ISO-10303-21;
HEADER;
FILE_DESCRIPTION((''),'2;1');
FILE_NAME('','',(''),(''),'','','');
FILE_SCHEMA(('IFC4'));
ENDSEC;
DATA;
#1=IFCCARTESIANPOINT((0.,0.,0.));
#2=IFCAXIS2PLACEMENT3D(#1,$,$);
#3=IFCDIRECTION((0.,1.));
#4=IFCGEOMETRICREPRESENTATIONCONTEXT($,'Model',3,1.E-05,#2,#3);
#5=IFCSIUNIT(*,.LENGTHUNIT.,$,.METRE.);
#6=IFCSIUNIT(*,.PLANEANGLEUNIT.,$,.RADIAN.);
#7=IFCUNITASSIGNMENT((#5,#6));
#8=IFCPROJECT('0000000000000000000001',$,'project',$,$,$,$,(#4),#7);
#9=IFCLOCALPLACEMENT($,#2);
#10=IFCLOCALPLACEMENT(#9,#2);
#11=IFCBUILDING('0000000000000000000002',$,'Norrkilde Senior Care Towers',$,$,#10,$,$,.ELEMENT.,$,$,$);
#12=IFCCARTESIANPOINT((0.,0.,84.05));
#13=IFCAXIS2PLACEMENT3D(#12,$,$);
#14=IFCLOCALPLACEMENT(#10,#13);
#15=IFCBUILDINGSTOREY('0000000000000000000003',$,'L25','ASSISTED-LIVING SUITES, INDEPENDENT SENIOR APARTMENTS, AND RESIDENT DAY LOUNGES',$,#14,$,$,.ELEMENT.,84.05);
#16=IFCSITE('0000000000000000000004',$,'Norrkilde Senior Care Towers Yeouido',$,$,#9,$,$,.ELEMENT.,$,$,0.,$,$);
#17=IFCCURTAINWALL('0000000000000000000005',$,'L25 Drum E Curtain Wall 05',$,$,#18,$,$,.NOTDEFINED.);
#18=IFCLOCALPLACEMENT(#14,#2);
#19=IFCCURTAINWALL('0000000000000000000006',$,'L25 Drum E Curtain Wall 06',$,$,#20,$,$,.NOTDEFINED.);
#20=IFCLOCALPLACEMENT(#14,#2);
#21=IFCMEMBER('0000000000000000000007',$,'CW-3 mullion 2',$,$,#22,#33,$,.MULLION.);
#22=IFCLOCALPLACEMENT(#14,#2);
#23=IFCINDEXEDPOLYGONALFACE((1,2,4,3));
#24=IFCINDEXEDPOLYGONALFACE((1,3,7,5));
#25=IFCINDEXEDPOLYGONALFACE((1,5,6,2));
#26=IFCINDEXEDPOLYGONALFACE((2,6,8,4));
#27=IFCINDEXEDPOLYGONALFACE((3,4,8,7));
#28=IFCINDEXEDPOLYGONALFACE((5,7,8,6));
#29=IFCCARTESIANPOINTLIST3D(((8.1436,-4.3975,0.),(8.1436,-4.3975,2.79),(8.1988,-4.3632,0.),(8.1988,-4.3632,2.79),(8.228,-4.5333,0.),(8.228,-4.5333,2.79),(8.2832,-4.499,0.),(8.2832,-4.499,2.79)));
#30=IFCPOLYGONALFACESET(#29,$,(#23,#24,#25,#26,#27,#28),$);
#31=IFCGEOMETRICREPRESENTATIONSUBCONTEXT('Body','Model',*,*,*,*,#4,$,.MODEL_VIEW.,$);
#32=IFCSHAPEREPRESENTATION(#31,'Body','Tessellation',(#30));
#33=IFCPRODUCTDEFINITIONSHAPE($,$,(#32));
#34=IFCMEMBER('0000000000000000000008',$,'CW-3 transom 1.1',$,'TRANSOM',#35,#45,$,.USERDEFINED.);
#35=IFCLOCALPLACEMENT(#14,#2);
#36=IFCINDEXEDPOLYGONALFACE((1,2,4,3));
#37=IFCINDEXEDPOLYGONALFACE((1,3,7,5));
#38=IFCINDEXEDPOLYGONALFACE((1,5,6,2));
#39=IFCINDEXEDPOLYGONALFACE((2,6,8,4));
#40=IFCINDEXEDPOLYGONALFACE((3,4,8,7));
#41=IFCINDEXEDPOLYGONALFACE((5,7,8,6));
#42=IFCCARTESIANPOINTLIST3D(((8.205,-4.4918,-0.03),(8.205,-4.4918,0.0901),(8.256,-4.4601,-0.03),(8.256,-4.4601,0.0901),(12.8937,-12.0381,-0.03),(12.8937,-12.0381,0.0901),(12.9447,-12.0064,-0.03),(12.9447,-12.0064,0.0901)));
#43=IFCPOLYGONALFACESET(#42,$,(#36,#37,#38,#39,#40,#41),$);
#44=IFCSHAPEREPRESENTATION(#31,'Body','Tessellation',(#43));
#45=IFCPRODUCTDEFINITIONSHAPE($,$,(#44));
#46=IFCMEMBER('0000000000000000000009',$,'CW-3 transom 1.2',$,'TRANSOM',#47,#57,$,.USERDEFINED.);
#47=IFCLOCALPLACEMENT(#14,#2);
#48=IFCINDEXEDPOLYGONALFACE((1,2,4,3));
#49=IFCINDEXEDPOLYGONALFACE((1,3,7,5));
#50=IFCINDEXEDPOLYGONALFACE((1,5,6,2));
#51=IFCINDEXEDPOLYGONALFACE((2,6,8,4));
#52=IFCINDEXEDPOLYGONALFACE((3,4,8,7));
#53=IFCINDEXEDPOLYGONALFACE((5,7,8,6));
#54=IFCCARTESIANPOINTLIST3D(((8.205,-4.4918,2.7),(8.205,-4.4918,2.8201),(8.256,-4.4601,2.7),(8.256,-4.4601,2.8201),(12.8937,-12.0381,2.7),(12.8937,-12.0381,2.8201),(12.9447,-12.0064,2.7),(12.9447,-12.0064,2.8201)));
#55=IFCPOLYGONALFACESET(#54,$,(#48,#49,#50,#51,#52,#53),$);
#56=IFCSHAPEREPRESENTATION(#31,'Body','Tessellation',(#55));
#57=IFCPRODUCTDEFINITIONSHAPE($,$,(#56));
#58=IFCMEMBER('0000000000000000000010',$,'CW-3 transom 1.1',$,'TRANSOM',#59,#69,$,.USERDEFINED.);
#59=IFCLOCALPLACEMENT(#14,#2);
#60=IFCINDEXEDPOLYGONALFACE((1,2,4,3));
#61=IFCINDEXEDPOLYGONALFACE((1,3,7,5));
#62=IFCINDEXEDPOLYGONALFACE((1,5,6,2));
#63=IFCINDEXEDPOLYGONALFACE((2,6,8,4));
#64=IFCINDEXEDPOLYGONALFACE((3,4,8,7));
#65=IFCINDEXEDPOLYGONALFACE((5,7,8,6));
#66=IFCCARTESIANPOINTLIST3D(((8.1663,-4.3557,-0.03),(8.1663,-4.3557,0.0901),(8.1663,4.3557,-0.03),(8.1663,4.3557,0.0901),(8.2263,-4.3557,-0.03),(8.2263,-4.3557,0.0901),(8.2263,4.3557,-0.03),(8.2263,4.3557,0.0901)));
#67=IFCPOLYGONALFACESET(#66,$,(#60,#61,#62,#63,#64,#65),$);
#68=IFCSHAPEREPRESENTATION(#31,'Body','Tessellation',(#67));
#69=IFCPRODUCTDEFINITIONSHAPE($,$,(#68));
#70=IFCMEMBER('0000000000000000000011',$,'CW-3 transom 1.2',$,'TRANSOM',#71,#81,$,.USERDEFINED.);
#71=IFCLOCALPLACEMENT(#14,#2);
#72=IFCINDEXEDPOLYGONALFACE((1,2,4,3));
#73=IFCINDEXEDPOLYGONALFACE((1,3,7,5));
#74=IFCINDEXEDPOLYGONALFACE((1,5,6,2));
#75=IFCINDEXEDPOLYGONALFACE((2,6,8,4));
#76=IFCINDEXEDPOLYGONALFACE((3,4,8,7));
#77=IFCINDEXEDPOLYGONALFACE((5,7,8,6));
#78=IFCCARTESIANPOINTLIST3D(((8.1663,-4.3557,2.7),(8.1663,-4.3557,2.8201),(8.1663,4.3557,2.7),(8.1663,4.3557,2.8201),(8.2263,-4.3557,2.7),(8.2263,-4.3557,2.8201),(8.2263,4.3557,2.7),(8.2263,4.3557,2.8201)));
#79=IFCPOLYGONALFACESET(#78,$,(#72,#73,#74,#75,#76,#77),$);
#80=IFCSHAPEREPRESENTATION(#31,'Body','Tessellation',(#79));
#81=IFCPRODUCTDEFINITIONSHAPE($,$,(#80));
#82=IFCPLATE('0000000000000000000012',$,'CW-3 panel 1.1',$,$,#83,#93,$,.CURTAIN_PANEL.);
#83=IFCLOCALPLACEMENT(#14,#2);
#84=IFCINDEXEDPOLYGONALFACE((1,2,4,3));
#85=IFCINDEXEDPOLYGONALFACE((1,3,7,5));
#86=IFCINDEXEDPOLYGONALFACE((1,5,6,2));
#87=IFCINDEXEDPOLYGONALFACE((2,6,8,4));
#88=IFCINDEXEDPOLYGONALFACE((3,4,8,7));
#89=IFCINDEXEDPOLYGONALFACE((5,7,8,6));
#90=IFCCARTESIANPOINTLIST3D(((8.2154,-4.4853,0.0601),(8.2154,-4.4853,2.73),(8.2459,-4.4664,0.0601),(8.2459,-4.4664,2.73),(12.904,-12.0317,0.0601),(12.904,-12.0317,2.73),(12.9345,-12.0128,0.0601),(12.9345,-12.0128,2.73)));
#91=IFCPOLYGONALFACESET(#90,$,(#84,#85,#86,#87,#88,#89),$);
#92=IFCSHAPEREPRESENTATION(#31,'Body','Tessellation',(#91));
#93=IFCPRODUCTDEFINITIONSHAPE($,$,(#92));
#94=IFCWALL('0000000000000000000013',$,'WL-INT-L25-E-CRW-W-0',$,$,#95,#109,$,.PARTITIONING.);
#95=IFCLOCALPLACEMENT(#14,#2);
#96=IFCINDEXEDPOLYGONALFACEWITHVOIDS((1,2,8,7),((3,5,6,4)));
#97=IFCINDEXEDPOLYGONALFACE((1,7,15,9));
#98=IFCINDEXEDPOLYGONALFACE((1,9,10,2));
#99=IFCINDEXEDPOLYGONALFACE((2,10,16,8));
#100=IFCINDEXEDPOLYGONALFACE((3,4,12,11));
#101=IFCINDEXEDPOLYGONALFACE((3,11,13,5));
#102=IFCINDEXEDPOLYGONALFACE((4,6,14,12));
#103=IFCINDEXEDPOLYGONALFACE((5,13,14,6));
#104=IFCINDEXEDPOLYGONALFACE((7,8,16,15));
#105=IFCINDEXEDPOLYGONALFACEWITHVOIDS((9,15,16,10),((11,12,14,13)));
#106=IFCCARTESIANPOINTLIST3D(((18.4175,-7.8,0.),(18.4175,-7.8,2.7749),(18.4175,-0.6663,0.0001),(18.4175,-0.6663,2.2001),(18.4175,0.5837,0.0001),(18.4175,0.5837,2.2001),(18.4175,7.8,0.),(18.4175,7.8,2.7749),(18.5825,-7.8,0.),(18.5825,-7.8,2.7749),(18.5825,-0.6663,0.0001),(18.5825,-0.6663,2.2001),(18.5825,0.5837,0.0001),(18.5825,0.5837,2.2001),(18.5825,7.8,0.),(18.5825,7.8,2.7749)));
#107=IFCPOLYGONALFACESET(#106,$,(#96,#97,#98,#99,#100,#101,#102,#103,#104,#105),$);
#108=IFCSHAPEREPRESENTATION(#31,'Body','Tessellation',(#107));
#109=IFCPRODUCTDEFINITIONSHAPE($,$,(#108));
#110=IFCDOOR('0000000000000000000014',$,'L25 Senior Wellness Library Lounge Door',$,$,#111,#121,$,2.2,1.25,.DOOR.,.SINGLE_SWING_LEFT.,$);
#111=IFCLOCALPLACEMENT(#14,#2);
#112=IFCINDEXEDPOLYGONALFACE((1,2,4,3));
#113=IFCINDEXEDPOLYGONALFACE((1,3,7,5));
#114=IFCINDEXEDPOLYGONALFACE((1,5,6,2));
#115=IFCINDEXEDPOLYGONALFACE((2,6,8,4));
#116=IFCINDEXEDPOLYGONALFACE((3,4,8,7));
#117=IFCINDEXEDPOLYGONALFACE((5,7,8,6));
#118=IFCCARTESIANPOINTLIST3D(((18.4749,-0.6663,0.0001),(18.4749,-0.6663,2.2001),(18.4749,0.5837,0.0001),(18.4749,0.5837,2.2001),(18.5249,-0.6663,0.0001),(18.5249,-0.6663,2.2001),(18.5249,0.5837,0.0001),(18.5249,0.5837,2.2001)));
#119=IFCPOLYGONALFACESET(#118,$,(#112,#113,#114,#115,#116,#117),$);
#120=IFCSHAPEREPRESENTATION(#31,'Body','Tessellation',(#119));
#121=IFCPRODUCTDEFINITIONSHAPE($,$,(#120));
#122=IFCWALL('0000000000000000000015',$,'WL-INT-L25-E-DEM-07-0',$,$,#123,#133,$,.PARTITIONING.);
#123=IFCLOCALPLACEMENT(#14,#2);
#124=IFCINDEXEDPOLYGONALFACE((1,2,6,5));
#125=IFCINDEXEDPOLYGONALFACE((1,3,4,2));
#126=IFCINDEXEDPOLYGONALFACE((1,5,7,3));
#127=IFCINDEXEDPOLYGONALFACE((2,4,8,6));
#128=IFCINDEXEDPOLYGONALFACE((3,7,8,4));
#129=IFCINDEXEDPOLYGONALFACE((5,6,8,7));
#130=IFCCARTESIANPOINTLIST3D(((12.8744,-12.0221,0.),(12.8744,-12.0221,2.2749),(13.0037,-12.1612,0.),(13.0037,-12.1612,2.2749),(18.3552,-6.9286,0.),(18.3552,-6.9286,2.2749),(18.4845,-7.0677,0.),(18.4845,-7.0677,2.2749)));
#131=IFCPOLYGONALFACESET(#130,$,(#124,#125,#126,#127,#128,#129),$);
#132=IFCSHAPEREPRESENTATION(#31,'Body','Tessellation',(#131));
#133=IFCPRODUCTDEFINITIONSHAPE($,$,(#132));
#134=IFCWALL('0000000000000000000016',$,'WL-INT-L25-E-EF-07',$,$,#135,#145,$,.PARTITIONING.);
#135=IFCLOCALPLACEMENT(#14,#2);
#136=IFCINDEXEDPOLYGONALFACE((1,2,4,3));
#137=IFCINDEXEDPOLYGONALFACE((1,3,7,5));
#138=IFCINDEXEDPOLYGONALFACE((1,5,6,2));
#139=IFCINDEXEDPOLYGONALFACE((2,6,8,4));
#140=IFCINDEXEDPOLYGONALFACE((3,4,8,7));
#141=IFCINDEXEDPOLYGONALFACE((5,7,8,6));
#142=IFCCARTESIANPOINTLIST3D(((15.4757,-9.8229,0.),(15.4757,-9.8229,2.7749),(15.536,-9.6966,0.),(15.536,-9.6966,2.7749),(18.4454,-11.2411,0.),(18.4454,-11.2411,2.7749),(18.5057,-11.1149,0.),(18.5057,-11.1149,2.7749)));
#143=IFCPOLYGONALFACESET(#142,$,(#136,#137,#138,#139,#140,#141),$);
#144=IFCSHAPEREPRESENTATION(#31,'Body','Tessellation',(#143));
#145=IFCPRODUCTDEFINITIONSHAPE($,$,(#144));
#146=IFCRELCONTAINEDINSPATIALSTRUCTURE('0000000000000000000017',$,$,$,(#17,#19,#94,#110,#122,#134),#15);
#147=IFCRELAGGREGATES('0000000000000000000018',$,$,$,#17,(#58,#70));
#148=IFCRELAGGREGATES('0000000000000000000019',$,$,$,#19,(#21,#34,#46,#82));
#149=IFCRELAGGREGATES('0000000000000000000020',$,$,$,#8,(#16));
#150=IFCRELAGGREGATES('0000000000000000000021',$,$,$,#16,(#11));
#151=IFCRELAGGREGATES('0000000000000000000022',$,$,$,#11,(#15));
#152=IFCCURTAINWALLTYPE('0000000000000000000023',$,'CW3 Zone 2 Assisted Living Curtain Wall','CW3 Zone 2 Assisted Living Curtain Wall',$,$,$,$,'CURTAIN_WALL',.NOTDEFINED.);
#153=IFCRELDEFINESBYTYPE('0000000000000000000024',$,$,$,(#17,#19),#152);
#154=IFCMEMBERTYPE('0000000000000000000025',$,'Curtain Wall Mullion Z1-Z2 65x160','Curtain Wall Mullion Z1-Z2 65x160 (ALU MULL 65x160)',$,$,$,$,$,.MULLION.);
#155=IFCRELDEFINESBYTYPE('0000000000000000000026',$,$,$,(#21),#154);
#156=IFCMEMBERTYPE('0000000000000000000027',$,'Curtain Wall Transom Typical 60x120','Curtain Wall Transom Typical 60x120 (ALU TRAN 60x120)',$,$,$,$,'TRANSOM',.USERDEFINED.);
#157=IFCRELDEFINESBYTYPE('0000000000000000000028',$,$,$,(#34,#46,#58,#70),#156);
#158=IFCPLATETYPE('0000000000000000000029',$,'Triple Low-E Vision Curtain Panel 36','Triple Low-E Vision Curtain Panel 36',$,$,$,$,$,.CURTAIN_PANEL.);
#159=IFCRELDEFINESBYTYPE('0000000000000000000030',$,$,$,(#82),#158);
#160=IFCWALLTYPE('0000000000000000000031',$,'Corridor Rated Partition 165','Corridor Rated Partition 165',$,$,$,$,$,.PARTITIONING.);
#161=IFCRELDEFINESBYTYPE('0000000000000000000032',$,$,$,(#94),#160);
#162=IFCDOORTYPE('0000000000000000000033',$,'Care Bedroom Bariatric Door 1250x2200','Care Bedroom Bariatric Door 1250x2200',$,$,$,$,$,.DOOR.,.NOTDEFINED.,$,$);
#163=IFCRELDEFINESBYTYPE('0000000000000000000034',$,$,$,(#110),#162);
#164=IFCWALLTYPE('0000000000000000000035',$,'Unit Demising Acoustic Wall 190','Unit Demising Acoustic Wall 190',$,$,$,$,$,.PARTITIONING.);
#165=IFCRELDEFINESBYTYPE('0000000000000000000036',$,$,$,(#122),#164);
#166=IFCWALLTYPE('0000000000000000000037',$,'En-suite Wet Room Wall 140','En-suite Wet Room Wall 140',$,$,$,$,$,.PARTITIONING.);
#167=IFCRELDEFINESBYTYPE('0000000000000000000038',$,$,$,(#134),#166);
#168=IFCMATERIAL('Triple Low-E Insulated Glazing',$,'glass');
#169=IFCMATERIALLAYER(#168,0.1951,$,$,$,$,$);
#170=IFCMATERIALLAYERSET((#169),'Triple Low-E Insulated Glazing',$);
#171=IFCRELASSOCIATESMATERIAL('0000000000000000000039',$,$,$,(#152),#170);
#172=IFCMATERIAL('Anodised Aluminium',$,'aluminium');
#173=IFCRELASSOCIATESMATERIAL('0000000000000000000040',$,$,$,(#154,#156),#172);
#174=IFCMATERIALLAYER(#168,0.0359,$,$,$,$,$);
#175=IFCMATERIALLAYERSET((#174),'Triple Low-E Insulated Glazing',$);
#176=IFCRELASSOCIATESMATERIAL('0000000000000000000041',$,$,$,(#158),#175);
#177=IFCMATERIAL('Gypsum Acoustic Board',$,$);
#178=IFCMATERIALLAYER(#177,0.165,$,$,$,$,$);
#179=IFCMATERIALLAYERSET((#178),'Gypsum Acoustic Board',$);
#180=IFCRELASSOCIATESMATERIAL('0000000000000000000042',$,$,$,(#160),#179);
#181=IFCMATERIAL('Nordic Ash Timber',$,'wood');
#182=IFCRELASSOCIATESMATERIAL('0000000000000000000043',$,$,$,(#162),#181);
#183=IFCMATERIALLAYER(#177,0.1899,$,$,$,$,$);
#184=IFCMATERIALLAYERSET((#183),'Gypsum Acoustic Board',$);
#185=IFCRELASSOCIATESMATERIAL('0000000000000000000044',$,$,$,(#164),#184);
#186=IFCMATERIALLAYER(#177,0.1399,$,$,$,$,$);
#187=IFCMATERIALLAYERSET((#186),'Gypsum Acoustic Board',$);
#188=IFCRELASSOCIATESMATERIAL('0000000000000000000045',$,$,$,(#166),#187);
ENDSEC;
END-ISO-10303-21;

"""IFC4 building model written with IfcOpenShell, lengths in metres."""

from ifc_helpers import new_model, si_unit, direction, frame, frame_2d, origin, origin_2d, place, context, subcontext, project, spatial, rectangle, extrude, source, transform, mapped, material, layer, layer_set, material_profile, profile_set, type_object, type_shapes, element, fill, aggregate, save


model = new_model("IFC4")

# Units and contexts
model_context = context("Model", 3, precision=1e-05, world=origin(), true_north=direction((0.0, 1.0)))
body_context = subcontext(model_context, "Body", "Model", "MODEL_VIEW")
ifc_project = project(units=[si_unit("LENGTHUNIT", "METRE"), si_unit("PLANEANGLEUNIT", "RADIAN")], contexts=[model_context])

# Site, building, storey
site_placement = place(None, origin())
site = spatial("IfcSite", under=ifc_project, at=site_placement, Name="Norrkilde Senior Care Towers Yeouido", CompositionType="ELEMENT", RefElevation=0.0)
building_placement = place(site_placement, origin())
building = spatial("IfcBuilding", under=site, at=building_placement, Name="Norrkilde Senior Care Towers", CompositionType="ELEMENT")
storey_placement = place(building_placement, frame((0.0, 0.0, 84.05)))
storey = spatial("IfcBuildingStorey", under=building, at=storey_placement, Name="L25", Description="ASSISTED-LIVING SUITES, INDEPENDENT SENIOR APARTMENTS, AND RESIDENT DAY LOUNGES", CompositionType="ELEMENT", Elevation=84.05)

# Curtain wall
ifc_material_1 = material(Name="Triple Low-E Insulated Glazing", Category="glass")
ifc_layer_1 = layer(ifc_material_1, 0.1951)
ifc_layer_set_1 = layer_set([ifc_layer_1], Name="Triple Low-E Insulated Glazing")
curtain_wall_type = type_object("IfcCurtainWallType", Name="CW3 Zone 2 Assisted Living Curtain Wall", Description="CW3 Zone 2 Assisted Living Curtain Wall", ElementType="CURTAIN_WALL", PredefinedType="NOTDEFINED", material=ifc_layer_set_1)
curtain_wall_1_placement = place(storey_placement, origin())
curtain_wall_1 = element("IfcCurtainWall", 1, at=curtain_wall_1_placement, inside=storey, type_object=curtain_wall_type, Name="L25 Drum E Curtain Wall 05", PredefinedType="NOTDEFINED")
ifc_material_2 = material(Name="Anodised Aluminium", Category="aluminium")
ifc_material_profile_1 = material_profile(ifc_material_2, rectangle(XDim=0.0649, YDim=0.1599, at=origin_2d()), Name="ALU MULL 65x160")
ifc_profile_set_1 = profile_set([ifc_material_profile_1], Name="Anodised Aluminium")
member_type_1 = type_object("IfcMemberType", Name="Curtain Wall Mullion Z1-Z2 65x160", Description="Curtain Wall Mullion Z1-Z2 65x160 (ALU MULL 65x160)", PredefinedType="MULLION", material=ifc_profile_set_1)
shared_shape_1 = source(origin(), body_context, "Body", "SweptSolid", [
    extrude(rectangle(XDim=0.0649, YDim=0.1599, at=origin_2d()), origin(), (0.0, 0.0, 1.0), 2.79),
])
type_shapes(member_type_1, [shared_shape_1])

# Curtain wall, members
curtain_wall_2_placement = place(storey_placement, origin())
curtain_wall_2 = element("IfcCurtainWall", 2, at=curtain_wall_2_placement, inside=storey, type_object=curtain_wall_type, Name="L25 Drum E Curtain Wall 06", PredefinedType="NOTDEFINED")
member_1_placement = place(storey_placement, frame((8.2134, -4.4482, 0.0), z_axis=(0.0, 0.0, 1.0), x_axis=(-0.84941, -0.527733, 0.0)))
member_1 = element("IfcMember", 3, at=member_1_placement, type_object=member_type_1, Name="CW-3 mullion 2", PredefinedType="MULLION", context=body_context, shape_type="MappedRepresentation", body=[
    mapped(shared_shape_1, transform((0.0, 0.0, 0.0), x_axis=(1.0, 0.0, 0.0), y_axis=(0.0, 1.0, 0.0), z_axis=(0.0, 0.0, 1.0), scale=1.0)),
])
ifc_material_profile_2 = material_profile(ifc_material_2, rectangle(XDim=0.0601, YDim=0.1201, at=origin_2d()), Name="ALU TRAN 60x120")
ifc_profile_set_2 = profile_set([ifc_material_profile_2], Name="Anodised Aluminium")
member_type_2 = type_object("IfcMemberType", Name="Curtain Wall Transom Typical 60x120", Description="Curtain Wall Transom Typical 60x120 (ALU TRAN 60x120)", ElementType="TRANSOM", PredefinedType="USERDEFINED", material=ifc_profile_set_2)
shared_shape_2 = source(origin(), body_context, "Body", "SweptSolid", [
    extrude(rectangle(XDim=0.0601, YDim=0.1201, at=origin_2d()), origin(), (0.0, 0.0, 1.0), 8.8843),
])
member_2_placement = place(storey_placement, frame((12.9192, -12.0222, 0.03), z_axis=(-0.527749, 0.8494, 0.0), x_axis=(-0.8494, -0.527749, 0.0)))
member_2 = element("IfcMember", 4, at=member_2_placement, type_object=member_type_2, Name="CW-3 transom 1.1", ObjectType="TRANSOM", PredefinedType="USERDEFINED", context=body_context, shape_type="MappedRepresentation", body=[
    mapped(shared_shape_2, transform((0.0, 0.0, 0.0), x_axis=(1.0, 0.0, 0.0), y_axis=(0.0, 1.0, 0.0), z_axis=(0.0, 0.0, 1.0), scale=1.0)),
])
member_3_placement = place(storey_placement, frame((12.9192, -12.0222, 2.76), z_axis=(-0.527749, 0.8494, 0.0), x_axis=(-0.8494, -0.527749, 0.0)))
member_3 = element("IfcMember", 5, at=member_3_placement, type_object=member_type_2, Name="CW-3 transom 1.2", ObjectType="TRANSOM", PredefinedType="USERDEFINED", context=body_context, shape_type="MappedRepresentation", body=[
    mapped(shared_shape_2, transform((0.0, 0.0, 0.0), x_axis=(1.0, 0.0, 0.0), y_axis=(0.0, 1.0, 0.0), z_axis=(0.0, 0.0, 1.0), scale=1.0)),
])

# Members
shared_shape_3 = source(origin(), body_context, "Body", "SweptSolid", [
    extrude(rectangle(XDim=0.0601, YDim=0.1201, at=origin_2d()), origin(), (0.0, 0.0, 1.0), 8.7114),
])
type_shapes(member_type_2, [shared_shape_2, shared_shape_3])
member_4_placement = place(storey_placement, frame((8.1963, -4.3557, 0.03), z_axis=(0.0, 1.0, 0.0), x_axis=(-1.0, 0.0, 0.0)))
member_4 = element("IfcMember", 6, at=member_4_placement, type_object=member_type_2, Name="CW-3 transom 1.1", ObjectType="TRANSOM", PredefinedType="USERDEFINED", context=body_context, shape_type="MappedRepresentation", body=[
    mapped(shared_shape_3, transform((0.0, 0.0, 0.0), x_axis=(1.0, 0.0, 0.0), y_axis=(0.0, 1.0, 0.0), z_axis=(0.0, 0.0, 1.0), scale=1.0)),
])
member_5_placement = place(storey_placement, frame((8.1963, -4.3557, 2.76), z_axis=(0.0, 1.0, 0.0), x_axis=(-1.0, 0.0, 0.0)))
member_5 = element("IfcMember", 7, at=member_5_placement, type_object=member_type_2, Name="CW-3 transom 1.2", ObjectType="TRANSOM", PredefinedType="USERDEFINED", context=body_context, shape_type="MappedRepresentation", body=[
    mapped(shared_shape_3, transform((0.0, 0.0, 0.0), x_axis=(1.0, 0.0, 0.0), y_axis=(0.0, 1.0, 0.0), z_axis=(0.0, 0.0, 1.0), scale=1.0)),
])
aggregate(curtain_wall_1, [member_4, member_5])

# Plate
ifc_layer_2 = layer(ifc_material_1, 0.0359)
ifc_layer_set_2 = layer_set([ifc_layer_2], Name="Triple Low-E Insulated Glazing")
plate_type = type_object("IfcPlateType", Name="Triple Low-E Vision Curtain Panel 36", Description="Triple Low-E Vision Curtain Panel 36", PredefinedType="CURTAIN_PANEL", material=ifc_layer_set_2)
shared_shape_4 = source(origin(), body_context, "Body", "SweptSolid", [
    extrude(rectangle(XDim=8.8843, YDim=0.0359, at=origin_2d()), origin(), (0.0, 0.0, 1.0), 2.6699),
])
type_shapes(plate_type, [shared_shape_4])
plate_placement = place(storey_placement, frame((10.575, -8.249, 0.0601), z_axis=(0.0, 0.0, 1.0), x_axis=(-0.527733, 0.84941, 0.0)))
plate = element("IfcPlate", 8, at=plate_placement, type_object=plate_type, Name="CW-3 panel 1.1", PredefinedType="CURTAIN_PANEL", context=body_context, shape_type="MappedRepresentation", body=[
    mapped(shared_shape_4, transform((0.0, 0.0, 0.0), x_axis=(1.0, 0.0, 0.0), y_axis=(0.0, 1.0, 0.0), z_axis=(0.0, 0.0, 1.0), scale=1.0)),
])
aggregate(curtain_wall_2, [member_1, member_2, member_3, plate])

# Wall, opening, door
ifc_material_3 = material(Name="Gypsum Acoustic Board")
ifc_layer_3 = layer(ifc_material_3, 0.165)
ifc_layer_set_3 = layer_set([ifc_layer_3], Name="Gypsum Acoustic Board")
wall_type_1 = type_object("IfcWallType", Name="Corridor Rated Partition 165", Description="Corridor Rated Partition 165", PredefinedType="PARTITIONING", material=ifc_layer_set_3)
shared_shape_5 = source(origin(), body_context, "Body", "SweptSolid", [
    extrude(rectangle(XDim=15.6001, YDim=0.165, at=frame_2d((7.8, 0.0))), origin(), (0.0, 0.0, 1.0), 2.7749),
])
type_shapes(wall_type_1, [shared_shape_5])
wall_1_placement = place(storey_placement, frame((18.5, -7.8, 0.0), z_axis=(0.0, 0.0, 1.0), x_axis=(0.0, 1.0, 0.0)))
wall_1 = element("IfcWall", 9, at=wall_1_placement, inside=storey, type_object=wall_type_1, Name="WL-INT-L25-E-CRW-W-0", PredefinedType="PARTITIONING", context=body_context, shape_type="MappedRepresentation", body=[
    mapped(shared_shape_5, transform((0.0, 0.0, 0.0), x_axis=(1.0, 0.0, 0.0), y_axis=(0.0, 1.0, 0.0), z_axis=(0.0, 0.0, 1.0), scale=1.0)),
])
opening_1_placement = place(wall_1_placement, frame((7.1338, 0.0, 0.0)))
opening_1 = element("IfcOpeningElement", 10, at=opening_1_placement, cuts=wall_1, PredefinedType="OPENING", context=body_context, shape_type="SweptSolid", body=[
    extrude(rectangle(XDim=1.25, YDim=2.2, at=frame_2d((0.625, 1.1001))), frame((0.0, 0.0925, 0.0), z_axis=(0.0, -1.0, 0.0), x_axis=(1.0, 0.0, 0.0)), (0.0, 0.0, 1.0), 0.1851),
])
ifc_material_4 = material(Name="Nordic Ash Timber", Category="wood")
door_type_1 = type_object("IfcDoorType", Name="Care Bedroom Bariatric Door 1250x2200", Description="Care Bedroom Bariatric Door 1250x2200", OperationType="NOTDEFINED", PredefinedType="DOOR", material=ifc_material_4)
shared_shape_6 = source(origin(), body_context, "Body", "SweptSolid", [
    extrude(rectangle(XDim=1.25, YDim=2.2, at=frame_2d((0.625, 1.1001))), frame((0.0, 0.0249, 0.0), z_axis=(0.0, -1.0, 0.0), x_axis=(1.0, 0.0, 0.0)), (0.0, 0.0, 1.0), 0.05),
])
type_shapes(door_type_1, [shared_shape_6])
door_1_placement = place(opening_1_placement, frame((1.25, 0.0, 0.0), z_axis=(0.0, 0.0, 1.0), x_axis=(-1.0, 0.0, 0.0)))
door_1 = element("IfcDoor", 11, at=door_1_placement, inside=storey, type_object=door_type_1, Name="L25 Senior Wellness Library Lounge Door", OperationType="SINGLE_SWING_LEFT", OverallHeight=2.2, OverallWidth=1.25, PredefinedType="DOOR", context=body_context, shape_type="MappedRepresentation", body=[
    mapped(shared_shape_6, transform((0.0, 0.0, 0.0), x_axis=(1.0, 0.0, 0.0), y_axis=(0.0, 1.0, 0.0), z_axis=(0.0, 0.0, 1.0), scale=1.0)),
])
fill(opening_1, door_1)

# Walls
ifc_layer_4 = layer(ifc_material_3, 0.1899)
ifc_layer_set_4 = layer_set([ifc_layer_4], Name="Gypsum Acoustic Board")
wall_type_2 = type_object("IfcWallType", Name="Unit Demising Acoustic Wall 190", Description="Unit Demising Acoustic Wall 190", PredefinedType="PARTITIONING", material=ifc_layer_set_4)
shared_shape_7 = source(origin(), body_context, "Body", "SweptSolid", [
    extrude(rectangle(XDim=7.4822, YDim=0.1899, at=frame_2d((3.7412, 0.0))), origin(), (0.0, 0.0, 1.0), 2.2749),
])
type_shapes(wall_type_2, [shared_shape_7])
wall_2_placement = place(storey_placement, frame((18.4199, -6.998, 0.0), z_axis=(0.0, 0.0, 1.0), x_axis=(-0.732509, -0.680758, 0.0)))
element("IfcWall", 12, at=wall_2_placement, inside=storey, type_object=wall_type_2, Name="WL-INT-L25-E-DEM-07-0", PredefinedType="PARTITIONING", context=body_context, shape_type="MappedRepresentation", body=[
    mapped(shared_shape_7, transform((0.0, 0.0, 0.0), x_axis=(1.0, 0.0, 0.0), y_axis=(0.0, 1.0, 0.0), z_axis=(0.0, 0.0, 1.0), scale=1.0)),
])
ifc_layer_5 = layer(ifc_material_3, 0.1399)
ifc_layer_set_5 = layer_set([ifc_layer_5], Name="Gypsum Acoustic Board")
wall_type_3 = type_object("IfcWallType", Name="En-suite Wet Room Wall 140", Description="En-suite Wet Room Wall 140", PredefinedType="PARTITIONING", material=ifc_layer_set_5)
shared_shape_8 = source(origin(), body_context, "Body", "SweptSolid", [
    extrude(rectangle(XDim=3.291, YDim=0.1399, at=frame_2d((1.6455, 0.0))), origin(), (0.0, 0.0, 1.0), 2.7749),
])
type_shapes(wall_type_3, [shared_shape_8])
wall_3_placement = place(storey_placement, frame((18.4756, -11.178, 0.0), z_axis=(0.0, 0.0, 1.0), x_axis=(-0.902381, 0.430938, 0.0)))
element("IfcWall", 13, at=wall_3_placement, inside=storey, type_object=wall_type_3, Name="WL-INT-L25-E-EF-07", PredefinedType="PARTITIONING", context=body_context, shape_type="MappedRepresentation", body=[
    mapped(shared_shape_8, transform((0.0, 0.0, 0.0), x_axis=(1.0, 0.0, 0.0), y_axis=(0.0, 1.0, 0.0), z_axis=(0.0, 0.0, 1.0), scale=1.0)),
])

save(model, "model.ifc")
